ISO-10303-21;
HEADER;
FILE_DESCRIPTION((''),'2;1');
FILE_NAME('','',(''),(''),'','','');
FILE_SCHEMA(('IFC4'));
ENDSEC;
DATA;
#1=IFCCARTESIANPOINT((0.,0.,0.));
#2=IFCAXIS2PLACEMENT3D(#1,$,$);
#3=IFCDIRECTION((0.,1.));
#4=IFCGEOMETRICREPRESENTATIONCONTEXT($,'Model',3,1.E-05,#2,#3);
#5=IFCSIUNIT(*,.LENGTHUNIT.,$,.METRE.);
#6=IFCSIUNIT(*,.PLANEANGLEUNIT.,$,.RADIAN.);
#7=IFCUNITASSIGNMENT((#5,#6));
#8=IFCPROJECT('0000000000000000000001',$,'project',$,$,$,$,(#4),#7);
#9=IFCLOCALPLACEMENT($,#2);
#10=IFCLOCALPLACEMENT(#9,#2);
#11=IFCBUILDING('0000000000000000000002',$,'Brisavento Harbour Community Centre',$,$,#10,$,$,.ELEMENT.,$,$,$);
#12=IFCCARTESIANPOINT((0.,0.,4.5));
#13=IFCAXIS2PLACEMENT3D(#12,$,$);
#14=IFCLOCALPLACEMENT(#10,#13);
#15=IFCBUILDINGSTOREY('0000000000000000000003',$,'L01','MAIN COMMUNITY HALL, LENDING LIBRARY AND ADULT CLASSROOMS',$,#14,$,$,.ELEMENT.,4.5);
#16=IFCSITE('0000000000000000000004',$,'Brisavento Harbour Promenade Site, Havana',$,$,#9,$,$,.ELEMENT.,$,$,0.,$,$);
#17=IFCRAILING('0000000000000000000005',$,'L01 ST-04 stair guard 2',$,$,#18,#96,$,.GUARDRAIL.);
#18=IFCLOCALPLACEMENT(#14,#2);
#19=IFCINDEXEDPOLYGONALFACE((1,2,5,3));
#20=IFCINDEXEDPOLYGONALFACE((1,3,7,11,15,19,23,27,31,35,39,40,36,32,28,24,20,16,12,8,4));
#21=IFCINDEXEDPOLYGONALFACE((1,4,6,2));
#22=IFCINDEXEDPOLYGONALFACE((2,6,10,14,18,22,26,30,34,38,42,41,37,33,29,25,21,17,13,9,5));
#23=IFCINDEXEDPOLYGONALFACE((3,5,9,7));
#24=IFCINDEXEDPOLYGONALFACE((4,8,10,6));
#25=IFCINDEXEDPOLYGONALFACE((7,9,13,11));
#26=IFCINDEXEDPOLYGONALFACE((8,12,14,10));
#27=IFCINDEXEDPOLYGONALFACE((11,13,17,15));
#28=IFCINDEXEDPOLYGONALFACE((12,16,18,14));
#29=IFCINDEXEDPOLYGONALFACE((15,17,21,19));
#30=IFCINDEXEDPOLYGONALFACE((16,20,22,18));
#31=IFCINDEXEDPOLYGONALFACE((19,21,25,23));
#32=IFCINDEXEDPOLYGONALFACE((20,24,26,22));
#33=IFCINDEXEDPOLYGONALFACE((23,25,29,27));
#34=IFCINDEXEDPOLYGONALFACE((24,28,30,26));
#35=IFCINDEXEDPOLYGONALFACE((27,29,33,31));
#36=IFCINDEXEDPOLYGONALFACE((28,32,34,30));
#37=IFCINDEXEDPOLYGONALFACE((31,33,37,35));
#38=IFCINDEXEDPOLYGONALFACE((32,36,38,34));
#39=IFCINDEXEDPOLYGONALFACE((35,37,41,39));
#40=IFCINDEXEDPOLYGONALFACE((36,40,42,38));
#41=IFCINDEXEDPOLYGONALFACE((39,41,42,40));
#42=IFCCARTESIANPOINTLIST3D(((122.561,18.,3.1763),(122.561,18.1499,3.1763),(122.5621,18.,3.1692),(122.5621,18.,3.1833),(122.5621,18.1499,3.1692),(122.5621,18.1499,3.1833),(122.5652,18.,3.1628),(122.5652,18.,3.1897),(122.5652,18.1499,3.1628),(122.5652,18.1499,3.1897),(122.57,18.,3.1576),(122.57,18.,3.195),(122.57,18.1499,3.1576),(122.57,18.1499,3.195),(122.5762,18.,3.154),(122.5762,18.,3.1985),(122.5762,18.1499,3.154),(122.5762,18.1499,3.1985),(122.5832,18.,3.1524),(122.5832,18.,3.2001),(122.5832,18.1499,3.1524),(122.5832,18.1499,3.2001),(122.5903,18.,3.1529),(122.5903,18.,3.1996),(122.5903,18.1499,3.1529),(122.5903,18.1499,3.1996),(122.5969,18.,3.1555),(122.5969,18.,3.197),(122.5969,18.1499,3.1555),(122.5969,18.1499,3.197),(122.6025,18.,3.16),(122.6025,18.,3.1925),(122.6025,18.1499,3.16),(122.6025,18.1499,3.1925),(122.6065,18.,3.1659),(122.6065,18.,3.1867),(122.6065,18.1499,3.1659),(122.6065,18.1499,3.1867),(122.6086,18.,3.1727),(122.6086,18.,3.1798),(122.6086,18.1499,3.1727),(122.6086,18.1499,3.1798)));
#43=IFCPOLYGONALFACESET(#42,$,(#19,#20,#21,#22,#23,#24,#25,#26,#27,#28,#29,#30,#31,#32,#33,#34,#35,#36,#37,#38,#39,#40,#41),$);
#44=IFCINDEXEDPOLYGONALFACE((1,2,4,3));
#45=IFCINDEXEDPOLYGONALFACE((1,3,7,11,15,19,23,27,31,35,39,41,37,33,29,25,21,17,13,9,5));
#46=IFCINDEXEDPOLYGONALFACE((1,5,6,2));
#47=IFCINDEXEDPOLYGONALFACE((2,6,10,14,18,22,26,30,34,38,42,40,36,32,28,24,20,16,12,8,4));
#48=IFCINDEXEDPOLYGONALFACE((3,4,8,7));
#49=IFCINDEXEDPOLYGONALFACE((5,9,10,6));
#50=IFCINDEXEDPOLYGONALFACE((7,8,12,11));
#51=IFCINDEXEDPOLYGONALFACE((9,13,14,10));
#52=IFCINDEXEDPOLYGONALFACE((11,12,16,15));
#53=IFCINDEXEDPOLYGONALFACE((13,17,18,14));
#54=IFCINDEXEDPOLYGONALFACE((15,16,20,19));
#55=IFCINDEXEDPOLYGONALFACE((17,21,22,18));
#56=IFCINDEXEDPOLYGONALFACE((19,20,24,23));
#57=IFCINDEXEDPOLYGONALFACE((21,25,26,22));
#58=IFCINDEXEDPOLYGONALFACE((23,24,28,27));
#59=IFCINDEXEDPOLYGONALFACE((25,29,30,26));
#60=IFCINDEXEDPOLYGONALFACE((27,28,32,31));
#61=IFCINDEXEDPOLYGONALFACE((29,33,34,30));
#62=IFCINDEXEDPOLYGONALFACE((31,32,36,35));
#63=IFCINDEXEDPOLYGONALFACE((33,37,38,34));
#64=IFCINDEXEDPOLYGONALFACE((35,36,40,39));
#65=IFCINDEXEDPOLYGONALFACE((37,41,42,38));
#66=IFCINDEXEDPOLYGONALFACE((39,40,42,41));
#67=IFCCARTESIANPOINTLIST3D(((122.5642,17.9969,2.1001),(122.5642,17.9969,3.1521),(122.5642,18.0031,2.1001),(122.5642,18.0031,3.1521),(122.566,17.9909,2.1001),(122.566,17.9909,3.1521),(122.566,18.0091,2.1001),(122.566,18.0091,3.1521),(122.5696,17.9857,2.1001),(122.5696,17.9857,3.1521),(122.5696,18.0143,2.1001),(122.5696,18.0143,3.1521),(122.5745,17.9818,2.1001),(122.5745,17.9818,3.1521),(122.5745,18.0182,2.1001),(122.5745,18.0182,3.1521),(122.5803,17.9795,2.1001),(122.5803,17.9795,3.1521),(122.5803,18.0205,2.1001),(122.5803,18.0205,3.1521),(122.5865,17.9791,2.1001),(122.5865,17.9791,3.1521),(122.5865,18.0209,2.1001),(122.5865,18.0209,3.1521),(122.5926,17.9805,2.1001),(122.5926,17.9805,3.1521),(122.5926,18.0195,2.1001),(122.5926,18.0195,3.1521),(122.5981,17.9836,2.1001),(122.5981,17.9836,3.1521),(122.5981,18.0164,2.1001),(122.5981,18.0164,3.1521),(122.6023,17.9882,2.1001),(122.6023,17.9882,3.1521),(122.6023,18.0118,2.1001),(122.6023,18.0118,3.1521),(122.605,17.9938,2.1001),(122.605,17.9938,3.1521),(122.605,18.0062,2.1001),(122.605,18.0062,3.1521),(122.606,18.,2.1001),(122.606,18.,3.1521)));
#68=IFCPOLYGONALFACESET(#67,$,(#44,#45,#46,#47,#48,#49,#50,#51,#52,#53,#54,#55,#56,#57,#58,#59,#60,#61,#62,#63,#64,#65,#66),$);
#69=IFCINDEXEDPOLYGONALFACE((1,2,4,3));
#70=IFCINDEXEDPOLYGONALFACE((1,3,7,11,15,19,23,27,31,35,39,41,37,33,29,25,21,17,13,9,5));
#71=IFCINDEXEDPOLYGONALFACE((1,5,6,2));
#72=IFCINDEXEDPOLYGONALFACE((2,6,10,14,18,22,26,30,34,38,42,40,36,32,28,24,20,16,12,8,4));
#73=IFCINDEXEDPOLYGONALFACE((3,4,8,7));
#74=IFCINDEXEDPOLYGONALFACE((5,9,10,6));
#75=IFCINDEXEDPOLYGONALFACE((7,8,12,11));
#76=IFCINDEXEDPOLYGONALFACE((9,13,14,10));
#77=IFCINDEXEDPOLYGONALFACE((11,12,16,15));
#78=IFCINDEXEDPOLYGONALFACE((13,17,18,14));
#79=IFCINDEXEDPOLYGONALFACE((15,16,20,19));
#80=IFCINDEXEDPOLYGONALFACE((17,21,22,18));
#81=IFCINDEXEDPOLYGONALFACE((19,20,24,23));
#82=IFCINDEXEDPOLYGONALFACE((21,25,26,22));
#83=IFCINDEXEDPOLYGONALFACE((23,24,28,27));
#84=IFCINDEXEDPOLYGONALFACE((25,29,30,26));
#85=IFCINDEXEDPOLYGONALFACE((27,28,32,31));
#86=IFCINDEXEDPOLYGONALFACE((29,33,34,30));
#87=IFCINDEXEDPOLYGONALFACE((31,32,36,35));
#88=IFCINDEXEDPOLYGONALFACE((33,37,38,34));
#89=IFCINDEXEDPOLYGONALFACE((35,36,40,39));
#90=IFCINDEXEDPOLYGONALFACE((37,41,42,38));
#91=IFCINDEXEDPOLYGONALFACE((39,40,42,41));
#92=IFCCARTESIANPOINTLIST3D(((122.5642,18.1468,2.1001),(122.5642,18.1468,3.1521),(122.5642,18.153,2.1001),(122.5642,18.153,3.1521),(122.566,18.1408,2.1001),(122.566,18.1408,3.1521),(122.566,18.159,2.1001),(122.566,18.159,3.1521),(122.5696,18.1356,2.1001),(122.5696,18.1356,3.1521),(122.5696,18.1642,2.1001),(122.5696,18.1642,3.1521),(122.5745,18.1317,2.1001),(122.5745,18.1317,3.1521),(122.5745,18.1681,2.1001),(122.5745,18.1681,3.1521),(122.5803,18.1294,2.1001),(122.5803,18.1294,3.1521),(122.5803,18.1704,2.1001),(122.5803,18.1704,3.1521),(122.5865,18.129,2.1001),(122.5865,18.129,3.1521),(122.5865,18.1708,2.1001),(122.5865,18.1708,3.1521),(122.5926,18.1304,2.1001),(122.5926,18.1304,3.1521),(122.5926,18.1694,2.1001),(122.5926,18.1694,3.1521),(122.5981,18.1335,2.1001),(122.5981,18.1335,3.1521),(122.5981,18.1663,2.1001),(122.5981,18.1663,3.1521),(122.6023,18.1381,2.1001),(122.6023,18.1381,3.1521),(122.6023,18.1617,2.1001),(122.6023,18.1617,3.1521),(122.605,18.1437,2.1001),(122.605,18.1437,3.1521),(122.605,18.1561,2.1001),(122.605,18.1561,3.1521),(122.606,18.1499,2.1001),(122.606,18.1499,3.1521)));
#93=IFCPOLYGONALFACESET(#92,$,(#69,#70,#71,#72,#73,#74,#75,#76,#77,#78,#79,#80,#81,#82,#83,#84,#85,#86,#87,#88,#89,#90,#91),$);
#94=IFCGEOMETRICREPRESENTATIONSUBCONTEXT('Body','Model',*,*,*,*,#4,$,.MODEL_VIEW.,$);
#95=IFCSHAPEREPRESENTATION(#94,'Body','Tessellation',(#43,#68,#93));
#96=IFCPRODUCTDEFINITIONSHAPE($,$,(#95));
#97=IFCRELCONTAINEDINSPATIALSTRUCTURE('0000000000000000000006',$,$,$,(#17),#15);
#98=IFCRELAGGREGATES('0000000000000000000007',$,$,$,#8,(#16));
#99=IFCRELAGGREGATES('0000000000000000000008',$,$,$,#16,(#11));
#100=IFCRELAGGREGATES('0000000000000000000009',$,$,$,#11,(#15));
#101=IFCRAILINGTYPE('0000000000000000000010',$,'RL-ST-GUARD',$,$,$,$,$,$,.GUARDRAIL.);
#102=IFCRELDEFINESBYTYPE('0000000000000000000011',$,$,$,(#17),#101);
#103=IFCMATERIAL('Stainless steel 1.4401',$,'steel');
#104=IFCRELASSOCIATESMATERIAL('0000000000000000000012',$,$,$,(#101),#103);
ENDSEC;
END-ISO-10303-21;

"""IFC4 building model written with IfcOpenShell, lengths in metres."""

from ifc_helpers import new_model, si_unit, direction, frame, origin, origin_2d, place, context, subcontext, project, spatial, circle, extrude, material, type_object, element, save


model = new_model("IFC4")

# Units and contexts
model_context = context("Model", 3, precision=1e-05, world=origin(), true_north=direction((0.0, 1.0)))
body_context = subcontext(model_context, "Body", "Model", "MODEL_VIEW")
ifc_project = project(units=[si_unit("LENGTHUNIT", "METRE"), si_unit("PLANEANGLEUNIT", "RADIAN")], contexts=[model_context])

# Site, building, storey
site_placement = place(None, origin())
site = spatial("IfcSite", under=ifc_project, at=site_placement, Name="Brisavento Harbour Promenade Site, Havana", CompositionType="ELEMENT", RefElevation=0.0)
building_placement = place(site_placement, origin())
building = spatial("IfcBuilding", under=site, at=building_placement, Name="Brisavento Harbour Community Centre", CompositionType="ELEMENT")
storey_placement = place(building_placement, frame((0.0, 0.0, 4.5)))
storey = spatial("IfcBuildingStorey", under=building, at=storey_placement, Name="L01", Description="MAIN COMMUNITY HALL, LENDING LIBRARY AND ADULT CLASSROOMS", CompositionType="ELEMENT", Elevation=4.5)

# Railing
ifc_material_1 = material(Name="Stainless steel 1.4401", Category="steel")
railing_type_1 = type_object("IfcRailingType", Name="RL-ST-GUARD", PredefinedType="GUARDRAIL", material=ifc_material_1)
railing_1_placement = place(storey_placement, frame((122.585, 18.0, 2.1001)))
element("IfcRailing", 1, at=railing_1_placement, inside=storey, type_object=railing_type_1, Name="L01 ST-04 stair guard 2", PredefinedType="GUARDRAIL", context=body_context, shape_type="SweptSolid", body=[
    extrude(circle(Radius=0.0239, at=origin_2d()), frame((0.0, 0.0, 1.0762), z_axis=(0.0, 1.0, 0.0), x_axis=(-1.0, 0.0, 0.0)), (0.0, 0.0, 1.0), 0.1499),
    extrude(circle(Radius=0.021, at=origin_2d()), origin(), (0.0, 0.0, 1.0), 1.052),
    extrude(circle(Radius=0.021, at=origin_2d()), frame((0.0, 0.1499, 0.0)), (0.0, 0.0, 1.0), 1.052),
])

save(model, "model.ifc")
